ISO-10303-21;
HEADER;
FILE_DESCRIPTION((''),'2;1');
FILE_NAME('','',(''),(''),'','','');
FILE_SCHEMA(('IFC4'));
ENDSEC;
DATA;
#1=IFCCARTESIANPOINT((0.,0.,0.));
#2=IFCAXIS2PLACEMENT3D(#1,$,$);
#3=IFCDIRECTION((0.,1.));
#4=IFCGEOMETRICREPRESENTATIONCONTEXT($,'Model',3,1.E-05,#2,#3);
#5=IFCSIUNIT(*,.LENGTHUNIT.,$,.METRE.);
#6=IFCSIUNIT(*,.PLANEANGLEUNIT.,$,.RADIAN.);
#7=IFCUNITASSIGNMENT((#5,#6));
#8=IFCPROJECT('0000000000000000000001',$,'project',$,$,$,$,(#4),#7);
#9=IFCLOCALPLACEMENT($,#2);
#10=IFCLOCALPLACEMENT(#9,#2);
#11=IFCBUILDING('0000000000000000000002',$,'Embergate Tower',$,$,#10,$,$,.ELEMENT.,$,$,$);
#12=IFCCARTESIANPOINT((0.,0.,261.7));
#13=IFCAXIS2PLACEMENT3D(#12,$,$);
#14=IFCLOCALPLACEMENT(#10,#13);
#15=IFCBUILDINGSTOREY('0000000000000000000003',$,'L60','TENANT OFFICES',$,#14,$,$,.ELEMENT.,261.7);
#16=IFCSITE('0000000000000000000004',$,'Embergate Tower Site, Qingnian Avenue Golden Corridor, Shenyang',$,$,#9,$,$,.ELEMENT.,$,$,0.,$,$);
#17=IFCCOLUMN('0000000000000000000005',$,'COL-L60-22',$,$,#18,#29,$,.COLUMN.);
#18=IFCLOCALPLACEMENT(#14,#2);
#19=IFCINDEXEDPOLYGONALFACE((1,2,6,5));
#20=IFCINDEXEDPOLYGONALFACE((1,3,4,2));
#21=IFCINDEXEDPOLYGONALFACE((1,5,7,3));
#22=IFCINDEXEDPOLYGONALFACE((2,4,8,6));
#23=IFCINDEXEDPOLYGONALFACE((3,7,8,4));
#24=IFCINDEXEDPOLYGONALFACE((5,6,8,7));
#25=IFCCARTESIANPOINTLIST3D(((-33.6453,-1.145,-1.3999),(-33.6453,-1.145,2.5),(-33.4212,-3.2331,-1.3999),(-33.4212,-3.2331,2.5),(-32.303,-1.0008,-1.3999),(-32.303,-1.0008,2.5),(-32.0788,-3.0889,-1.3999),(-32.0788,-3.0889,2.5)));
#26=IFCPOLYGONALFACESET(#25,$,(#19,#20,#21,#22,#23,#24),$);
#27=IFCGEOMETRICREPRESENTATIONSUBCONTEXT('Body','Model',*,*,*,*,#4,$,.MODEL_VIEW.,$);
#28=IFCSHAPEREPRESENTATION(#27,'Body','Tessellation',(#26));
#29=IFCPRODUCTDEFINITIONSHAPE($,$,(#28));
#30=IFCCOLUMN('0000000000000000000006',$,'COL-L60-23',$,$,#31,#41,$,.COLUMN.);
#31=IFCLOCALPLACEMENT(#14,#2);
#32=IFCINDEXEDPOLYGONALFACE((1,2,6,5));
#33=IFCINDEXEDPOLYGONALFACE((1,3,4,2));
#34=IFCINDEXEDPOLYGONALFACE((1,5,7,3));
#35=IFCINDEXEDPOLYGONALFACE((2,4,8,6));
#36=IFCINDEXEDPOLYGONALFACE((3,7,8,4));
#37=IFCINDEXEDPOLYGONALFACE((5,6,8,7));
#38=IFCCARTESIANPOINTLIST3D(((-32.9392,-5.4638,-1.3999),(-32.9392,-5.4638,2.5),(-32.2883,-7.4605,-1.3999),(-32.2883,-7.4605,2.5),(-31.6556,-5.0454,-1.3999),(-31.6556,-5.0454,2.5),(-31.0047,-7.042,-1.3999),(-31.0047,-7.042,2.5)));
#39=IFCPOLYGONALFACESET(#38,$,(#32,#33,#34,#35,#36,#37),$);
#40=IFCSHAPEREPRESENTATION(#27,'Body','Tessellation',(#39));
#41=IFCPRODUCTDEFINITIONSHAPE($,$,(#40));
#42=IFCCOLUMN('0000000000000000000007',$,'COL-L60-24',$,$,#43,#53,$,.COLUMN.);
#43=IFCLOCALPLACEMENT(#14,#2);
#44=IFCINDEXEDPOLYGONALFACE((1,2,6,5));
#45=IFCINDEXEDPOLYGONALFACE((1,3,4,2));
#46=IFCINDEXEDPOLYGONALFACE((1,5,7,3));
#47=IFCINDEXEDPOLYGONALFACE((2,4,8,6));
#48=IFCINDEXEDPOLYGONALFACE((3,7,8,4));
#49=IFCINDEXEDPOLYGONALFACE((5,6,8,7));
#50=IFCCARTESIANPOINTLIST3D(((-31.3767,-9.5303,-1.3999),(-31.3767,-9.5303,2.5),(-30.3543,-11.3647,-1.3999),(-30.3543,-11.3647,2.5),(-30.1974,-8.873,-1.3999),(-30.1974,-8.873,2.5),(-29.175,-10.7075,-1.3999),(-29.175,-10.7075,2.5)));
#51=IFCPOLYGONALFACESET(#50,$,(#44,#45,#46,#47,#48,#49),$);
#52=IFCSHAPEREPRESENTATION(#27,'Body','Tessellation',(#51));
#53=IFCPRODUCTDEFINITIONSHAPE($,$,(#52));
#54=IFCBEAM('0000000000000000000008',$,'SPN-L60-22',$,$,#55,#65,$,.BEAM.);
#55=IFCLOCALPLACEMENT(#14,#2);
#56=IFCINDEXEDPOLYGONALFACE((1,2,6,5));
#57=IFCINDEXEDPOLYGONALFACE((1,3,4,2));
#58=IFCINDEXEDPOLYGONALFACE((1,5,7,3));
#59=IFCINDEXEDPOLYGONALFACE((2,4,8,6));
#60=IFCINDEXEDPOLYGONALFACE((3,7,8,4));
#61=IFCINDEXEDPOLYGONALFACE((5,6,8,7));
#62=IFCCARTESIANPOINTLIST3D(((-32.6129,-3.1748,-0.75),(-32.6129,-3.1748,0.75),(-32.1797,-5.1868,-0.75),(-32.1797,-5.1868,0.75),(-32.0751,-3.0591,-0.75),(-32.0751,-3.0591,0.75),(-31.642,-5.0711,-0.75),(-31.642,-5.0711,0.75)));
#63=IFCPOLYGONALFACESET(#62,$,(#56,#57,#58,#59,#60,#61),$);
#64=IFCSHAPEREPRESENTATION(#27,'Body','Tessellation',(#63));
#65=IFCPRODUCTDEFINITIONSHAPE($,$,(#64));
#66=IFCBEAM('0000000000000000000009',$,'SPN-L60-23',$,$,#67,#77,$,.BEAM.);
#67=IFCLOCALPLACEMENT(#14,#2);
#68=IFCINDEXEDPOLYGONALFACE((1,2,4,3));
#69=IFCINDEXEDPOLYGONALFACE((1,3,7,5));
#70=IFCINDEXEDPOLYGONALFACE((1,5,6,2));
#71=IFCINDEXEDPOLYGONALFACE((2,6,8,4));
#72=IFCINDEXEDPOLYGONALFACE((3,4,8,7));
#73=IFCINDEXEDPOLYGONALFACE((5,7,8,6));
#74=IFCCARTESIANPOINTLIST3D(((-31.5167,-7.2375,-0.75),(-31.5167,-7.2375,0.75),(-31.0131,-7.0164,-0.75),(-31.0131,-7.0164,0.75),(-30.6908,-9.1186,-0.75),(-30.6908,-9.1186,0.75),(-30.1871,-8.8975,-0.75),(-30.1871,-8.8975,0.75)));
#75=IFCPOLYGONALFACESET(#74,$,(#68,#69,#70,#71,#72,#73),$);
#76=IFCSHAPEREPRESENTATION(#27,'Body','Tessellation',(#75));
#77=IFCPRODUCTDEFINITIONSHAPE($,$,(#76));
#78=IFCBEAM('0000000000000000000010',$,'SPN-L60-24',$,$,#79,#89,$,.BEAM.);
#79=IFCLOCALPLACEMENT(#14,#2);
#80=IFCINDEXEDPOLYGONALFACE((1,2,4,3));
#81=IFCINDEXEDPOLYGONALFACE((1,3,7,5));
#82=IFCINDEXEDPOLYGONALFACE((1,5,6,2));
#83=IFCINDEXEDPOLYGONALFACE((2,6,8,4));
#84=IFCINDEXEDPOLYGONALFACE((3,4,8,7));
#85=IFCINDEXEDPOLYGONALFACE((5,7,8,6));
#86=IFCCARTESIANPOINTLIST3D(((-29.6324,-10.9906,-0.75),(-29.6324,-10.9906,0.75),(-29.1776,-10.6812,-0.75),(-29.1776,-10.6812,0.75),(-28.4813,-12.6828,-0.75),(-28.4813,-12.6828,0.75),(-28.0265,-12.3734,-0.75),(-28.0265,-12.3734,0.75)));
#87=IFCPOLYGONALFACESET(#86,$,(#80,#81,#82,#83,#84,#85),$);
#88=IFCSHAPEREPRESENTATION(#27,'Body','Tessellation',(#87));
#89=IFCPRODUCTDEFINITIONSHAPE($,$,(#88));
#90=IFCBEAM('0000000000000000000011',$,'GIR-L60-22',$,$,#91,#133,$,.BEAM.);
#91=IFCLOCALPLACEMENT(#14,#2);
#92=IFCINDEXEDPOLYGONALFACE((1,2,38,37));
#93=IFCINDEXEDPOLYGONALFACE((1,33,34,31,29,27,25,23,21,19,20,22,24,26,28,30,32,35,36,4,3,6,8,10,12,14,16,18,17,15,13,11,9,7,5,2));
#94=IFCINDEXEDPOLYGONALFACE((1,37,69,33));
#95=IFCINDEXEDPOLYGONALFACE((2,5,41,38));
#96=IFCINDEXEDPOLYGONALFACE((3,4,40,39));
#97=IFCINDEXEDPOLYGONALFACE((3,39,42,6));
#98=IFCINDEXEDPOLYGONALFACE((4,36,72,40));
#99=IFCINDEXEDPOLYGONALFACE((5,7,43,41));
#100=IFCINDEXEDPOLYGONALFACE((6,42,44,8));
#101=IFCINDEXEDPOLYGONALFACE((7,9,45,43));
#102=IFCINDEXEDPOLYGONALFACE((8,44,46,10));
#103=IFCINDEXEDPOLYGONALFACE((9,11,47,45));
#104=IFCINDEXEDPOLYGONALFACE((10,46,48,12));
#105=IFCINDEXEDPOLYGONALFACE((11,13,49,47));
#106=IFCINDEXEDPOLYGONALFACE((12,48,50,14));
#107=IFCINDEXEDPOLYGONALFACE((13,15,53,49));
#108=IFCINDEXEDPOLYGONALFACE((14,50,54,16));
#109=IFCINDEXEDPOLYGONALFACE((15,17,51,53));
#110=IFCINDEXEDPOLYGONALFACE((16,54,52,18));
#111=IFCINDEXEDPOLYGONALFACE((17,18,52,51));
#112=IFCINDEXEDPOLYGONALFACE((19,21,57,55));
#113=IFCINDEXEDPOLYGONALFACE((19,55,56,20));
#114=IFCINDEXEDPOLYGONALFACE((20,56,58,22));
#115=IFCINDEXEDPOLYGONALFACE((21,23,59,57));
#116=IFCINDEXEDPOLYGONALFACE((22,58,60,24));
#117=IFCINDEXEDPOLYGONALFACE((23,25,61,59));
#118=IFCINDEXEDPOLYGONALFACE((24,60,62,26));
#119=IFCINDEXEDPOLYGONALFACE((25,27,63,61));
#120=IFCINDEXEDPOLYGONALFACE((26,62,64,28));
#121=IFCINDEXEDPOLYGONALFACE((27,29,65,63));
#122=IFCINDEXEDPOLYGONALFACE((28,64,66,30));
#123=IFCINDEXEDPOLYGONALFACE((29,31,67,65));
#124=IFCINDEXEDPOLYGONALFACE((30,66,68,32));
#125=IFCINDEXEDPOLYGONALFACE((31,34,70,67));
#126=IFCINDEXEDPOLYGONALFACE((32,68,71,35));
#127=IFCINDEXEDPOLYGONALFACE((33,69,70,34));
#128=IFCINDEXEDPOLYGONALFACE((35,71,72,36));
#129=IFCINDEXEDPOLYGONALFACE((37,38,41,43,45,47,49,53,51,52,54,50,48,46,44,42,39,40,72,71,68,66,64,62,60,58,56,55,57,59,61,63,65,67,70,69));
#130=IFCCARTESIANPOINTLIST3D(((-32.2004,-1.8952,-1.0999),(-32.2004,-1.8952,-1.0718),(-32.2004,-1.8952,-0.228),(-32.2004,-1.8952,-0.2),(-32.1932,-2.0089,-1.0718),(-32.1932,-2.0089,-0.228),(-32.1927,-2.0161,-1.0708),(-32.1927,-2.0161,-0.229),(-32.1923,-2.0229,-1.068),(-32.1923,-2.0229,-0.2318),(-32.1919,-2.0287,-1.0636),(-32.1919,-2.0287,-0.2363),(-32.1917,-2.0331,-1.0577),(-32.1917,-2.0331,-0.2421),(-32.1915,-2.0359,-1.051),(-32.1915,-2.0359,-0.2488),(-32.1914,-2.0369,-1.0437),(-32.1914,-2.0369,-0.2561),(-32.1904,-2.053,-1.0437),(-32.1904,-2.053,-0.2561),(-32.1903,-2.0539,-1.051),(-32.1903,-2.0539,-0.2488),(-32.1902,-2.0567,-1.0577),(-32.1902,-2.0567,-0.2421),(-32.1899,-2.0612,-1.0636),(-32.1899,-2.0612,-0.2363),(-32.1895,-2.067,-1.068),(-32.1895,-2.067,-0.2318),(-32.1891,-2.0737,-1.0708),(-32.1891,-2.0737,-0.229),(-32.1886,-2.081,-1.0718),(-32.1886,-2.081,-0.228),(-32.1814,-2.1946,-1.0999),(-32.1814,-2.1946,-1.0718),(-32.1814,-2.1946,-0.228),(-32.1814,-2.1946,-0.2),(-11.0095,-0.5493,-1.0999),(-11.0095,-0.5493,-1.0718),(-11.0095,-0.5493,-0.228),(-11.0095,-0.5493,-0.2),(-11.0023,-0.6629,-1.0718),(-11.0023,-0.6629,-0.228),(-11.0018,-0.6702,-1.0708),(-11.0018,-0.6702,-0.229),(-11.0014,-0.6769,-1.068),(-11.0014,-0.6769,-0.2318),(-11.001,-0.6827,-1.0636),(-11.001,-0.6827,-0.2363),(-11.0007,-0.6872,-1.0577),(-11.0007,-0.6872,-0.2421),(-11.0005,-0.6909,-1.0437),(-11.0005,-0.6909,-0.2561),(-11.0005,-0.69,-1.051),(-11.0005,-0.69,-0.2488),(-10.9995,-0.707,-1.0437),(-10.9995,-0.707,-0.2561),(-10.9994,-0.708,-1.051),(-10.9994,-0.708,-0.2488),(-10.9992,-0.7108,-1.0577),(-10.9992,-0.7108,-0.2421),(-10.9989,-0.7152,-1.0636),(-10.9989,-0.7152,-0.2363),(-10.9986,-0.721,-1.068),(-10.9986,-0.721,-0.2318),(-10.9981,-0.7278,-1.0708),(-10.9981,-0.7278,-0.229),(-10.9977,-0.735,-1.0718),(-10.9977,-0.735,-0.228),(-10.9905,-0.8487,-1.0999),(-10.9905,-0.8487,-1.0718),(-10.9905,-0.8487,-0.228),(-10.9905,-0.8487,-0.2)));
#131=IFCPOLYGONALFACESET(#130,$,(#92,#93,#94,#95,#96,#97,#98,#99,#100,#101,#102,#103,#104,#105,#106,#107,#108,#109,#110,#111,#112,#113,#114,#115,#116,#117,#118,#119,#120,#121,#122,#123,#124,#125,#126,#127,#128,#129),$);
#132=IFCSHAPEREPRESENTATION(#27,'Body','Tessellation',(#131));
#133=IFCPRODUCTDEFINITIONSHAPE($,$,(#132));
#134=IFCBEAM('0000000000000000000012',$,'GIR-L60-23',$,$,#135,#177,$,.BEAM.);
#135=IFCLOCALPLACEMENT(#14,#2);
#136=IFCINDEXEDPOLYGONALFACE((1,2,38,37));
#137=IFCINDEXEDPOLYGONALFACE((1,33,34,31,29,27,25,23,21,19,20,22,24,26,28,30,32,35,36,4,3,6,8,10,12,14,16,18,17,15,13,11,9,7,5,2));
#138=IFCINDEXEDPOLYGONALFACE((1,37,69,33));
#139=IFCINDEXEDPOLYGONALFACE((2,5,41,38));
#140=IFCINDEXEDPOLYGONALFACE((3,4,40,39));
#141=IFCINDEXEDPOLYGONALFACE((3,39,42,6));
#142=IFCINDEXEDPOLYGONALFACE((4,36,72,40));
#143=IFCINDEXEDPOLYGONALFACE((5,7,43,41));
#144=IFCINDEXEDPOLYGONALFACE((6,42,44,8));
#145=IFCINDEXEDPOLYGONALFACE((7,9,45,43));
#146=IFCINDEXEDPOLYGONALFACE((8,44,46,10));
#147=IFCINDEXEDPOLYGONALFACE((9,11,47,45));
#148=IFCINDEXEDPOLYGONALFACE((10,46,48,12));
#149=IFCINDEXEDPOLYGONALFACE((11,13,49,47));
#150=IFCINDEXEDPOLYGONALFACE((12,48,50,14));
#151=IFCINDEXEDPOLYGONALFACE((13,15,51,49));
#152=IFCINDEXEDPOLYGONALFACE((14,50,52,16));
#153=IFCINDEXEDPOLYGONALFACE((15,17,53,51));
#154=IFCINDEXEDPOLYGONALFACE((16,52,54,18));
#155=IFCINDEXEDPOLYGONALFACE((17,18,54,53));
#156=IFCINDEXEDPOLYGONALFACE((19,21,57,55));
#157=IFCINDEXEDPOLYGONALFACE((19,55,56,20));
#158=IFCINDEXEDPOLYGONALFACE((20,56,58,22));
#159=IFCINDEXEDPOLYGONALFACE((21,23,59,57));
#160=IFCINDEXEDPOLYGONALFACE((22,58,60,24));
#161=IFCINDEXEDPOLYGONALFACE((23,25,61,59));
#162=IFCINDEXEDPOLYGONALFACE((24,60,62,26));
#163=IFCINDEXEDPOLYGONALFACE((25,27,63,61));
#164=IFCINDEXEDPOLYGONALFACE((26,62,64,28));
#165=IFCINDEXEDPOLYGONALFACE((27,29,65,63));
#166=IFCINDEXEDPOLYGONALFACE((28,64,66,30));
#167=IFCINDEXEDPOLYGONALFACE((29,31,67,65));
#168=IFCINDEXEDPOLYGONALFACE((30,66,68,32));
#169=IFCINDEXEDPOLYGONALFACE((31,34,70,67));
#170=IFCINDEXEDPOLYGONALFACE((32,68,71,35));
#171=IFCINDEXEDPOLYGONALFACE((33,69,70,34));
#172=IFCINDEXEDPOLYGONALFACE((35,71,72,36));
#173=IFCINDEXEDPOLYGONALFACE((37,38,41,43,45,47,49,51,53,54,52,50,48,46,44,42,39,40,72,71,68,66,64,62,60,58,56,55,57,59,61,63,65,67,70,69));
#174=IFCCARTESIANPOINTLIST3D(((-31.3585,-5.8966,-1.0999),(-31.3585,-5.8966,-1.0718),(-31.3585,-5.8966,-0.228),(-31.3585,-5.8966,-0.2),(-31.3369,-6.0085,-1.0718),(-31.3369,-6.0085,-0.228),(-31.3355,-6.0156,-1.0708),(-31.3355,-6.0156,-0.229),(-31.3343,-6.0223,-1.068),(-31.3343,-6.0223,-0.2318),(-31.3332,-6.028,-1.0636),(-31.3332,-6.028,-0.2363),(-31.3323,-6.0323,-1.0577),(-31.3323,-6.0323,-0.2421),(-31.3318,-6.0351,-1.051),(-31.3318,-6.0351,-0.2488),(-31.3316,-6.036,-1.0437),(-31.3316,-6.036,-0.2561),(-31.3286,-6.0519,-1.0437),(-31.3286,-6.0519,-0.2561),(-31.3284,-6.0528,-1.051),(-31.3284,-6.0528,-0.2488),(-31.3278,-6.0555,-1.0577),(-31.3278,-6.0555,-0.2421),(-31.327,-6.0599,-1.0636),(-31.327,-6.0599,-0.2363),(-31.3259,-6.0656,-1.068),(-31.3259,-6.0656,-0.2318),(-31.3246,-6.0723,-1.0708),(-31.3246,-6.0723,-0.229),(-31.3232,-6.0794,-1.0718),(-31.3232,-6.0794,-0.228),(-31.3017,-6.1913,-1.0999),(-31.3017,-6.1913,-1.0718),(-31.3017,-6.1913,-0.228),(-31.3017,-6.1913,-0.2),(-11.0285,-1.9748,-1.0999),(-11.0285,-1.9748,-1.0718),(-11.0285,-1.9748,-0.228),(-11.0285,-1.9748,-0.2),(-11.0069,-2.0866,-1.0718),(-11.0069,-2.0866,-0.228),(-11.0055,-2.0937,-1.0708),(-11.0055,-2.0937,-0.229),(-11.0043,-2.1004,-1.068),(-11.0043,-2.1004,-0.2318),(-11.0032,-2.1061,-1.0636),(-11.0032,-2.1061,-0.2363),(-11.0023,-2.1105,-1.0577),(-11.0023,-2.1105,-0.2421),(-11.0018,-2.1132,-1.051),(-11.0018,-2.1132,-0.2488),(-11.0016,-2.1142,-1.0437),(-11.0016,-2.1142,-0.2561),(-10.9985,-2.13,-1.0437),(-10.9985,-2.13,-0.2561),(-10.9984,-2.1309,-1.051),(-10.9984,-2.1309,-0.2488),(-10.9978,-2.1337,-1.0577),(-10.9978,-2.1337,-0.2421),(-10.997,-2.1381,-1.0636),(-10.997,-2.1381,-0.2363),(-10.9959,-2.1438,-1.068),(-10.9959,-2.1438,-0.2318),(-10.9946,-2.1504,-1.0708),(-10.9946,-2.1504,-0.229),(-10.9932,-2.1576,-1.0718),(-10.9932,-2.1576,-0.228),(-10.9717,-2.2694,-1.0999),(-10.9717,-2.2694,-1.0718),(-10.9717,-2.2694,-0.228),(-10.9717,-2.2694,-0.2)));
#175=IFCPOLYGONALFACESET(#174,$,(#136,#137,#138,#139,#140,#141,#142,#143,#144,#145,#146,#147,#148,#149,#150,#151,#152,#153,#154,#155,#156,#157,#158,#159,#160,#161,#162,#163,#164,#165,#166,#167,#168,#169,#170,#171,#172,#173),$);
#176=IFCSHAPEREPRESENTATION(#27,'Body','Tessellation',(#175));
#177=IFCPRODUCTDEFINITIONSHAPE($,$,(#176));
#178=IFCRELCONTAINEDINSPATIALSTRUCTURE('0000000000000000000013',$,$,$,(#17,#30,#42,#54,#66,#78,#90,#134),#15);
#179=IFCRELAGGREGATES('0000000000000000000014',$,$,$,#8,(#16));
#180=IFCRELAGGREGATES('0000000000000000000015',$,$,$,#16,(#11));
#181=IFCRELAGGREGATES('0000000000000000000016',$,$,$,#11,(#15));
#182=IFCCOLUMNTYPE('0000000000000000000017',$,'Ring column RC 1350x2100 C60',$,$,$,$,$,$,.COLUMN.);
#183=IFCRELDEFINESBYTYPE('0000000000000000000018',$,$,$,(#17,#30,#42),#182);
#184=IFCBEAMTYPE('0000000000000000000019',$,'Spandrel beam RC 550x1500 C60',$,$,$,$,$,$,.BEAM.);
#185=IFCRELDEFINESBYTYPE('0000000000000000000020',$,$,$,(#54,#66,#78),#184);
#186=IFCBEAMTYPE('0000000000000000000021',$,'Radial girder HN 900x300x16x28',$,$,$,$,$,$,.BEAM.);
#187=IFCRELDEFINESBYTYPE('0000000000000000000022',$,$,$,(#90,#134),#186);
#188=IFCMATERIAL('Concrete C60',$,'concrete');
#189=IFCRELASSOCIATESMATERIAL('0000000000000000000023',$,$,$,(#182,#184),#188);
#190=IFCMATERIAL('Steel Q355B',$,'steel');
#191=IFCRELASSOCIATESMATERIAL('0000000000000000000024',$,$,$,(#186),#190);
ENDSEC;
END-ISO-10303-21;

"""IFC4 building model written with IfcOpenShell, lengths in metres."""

from ifc_helpers import new_model, si_unit, direction, frame, origin, origin_2d, place, context, subcontext, project, spatial, rectangle, i_section, extrude, source, transform, mapped, material, material_profile, profile_set, type_object, element, save


model = new_model("IFC4")

# Units and contexts
model_context = context("Model", 3, precision=1e-05, world=origin(), true_north=direction((0.0, 1.0)))
body_context = subcontext(model_context, "Body", "Model", "MODEL_VIEW")
ifc_project = project(units=[si_unit("LENGTHUNIT", "METRE"), si_unit("PLANEANGLEUNIT", "RADIAN")], contexts=[model_context])

# Site, building, storey
site_placement = place(None, origin())
site = spatial("IfcSite", under=ifc_project, at=site_placement, Name="Embergate Tower Site, Qingnian Avenue Golden Corridor, Shenyang", CompositionType="ELEMENT", RefElevation=0.0)
building_placement = place(site_placement, origin())
building = spatial("IfcBuilding", under=site, at=building_placement, Name="Embergate Tower", CompositionType="ELEMENT")
storey_placement = place(building_placement, frame((0.0, 0.0, 261.7)))
storey = spatial("IfcBuildingStorey", under=building, at=storey_placement, Name="L60", Description="TENANT OFFICES", CompositionType="ELEMENT", Elevation=261.7)

# Columns
ifc_material_1 = material(Name="Concrete C60", Category="concrete")
ifc_material_profile_1 = material_profile(ifc_material_1, rectangle(XDim=1.3501, YDim=2.1001, at=origin_2d()), Name="RC 1350x2100")
ifc_profile_set_1 = profile_set([ifc_material_profile_1], Name="Concrete C60")
column_type = type_object("IfcColumnType", Name="Ring column RC 1350x2100 C60", PredefinedType="COLUMN", material=ifc_profile_set_1)
shared_shape_1 = source(origin(), body_context, "Body", "SweptSolid", [
    extrude(rectangle(XDim=1.3501, YDim=2.1001, at=origin_2d()), origin(), (0.0, 0.0, 1.0), 3.8999),
])
for number, where, z_axis, x_axis, name in (
    (1, (-32.8621, -2.1169, -1.3999), (0.0, 0.0, 1.0), (-0.994286, -0.10675, 0.0), "COL-L60-22"),
    (2, (-31.9719, -6.2529, -1.3999), (0.0, 0.0, 1.0), (-0.950754, -0.309946, 0.0), "COL-L60-23"),
    (3, (-30.2759, -10.1189, -1.3999), (0.0, 0.0, 1.0), (-0.873492, -0.486839, 0.0), "COL-L60-24"),
):
    element("IfcColumn", number, at=place(storey_placement, frame(where, z_axis=z_axis, x_axis=x_axis)), inside=storey, type_object=column_type, Name=name, PredefinedType="COLUMN", context=body_context, shape_type="MappedRepresentation", body=[
        mapped(shared_shape_1, transform((0.0, 0.0, 0.0))),
    ])

# Beams
ifc_material_profile_2 = material_profile(ifc_material_1, rectangle(XDim=0.55, YDim=1.5, at=origin_2d()), Name="RC 550x1500")
ifc_profile_set_2 = profile_set([ifc_material_profile_2], Name="Concrete C60")
beam_type_1 = type_object("IfcBeamType", Name="Spandrel beam RC 550x1500 C60", PredefinedType="BEAM", material=ifc_profile_set_2)
shared_shape_2 = source(origin(), body_context, "Body", "SweptSolid", [
    extrude(rectangle(XDim=0.55, YDim=1.5, at=origin_2d()), origin(), (0.0, 0.0, 1.0), 2.0581),
])
beam_1_placement = place(storey_placement, frame((-32.344, -3.1169, 0.0), z_axis=(0.210444, -0.977606, 0.0), x_axis=(0.977606, 0.210444, 0.0)))
element("IfcBeam", 4, at=beam_1_placement, inside=storey, type_object=beam_type_1, Name="SPN-L60-22", PredefinedType="BEAM", context=body_context, shape_type="MappedRepresentation", body=[
    mapped(shared_shape_2, transform((0.0, 0.0, 0.0))),
])
shared_shape_3 = source(origin(), body_context, "Body", "SweptSolid", [
    extrude(rectangle(XDim=0.55, YDim=1.5, at=origin_2d()), origin(), (0.0, 0.0, 1.0), 2.0544),
])
beam_2_placement = place(storey_placement, frame((-31.2649, -7.127, 0.0), z_axis=(0.402022, -0.91563, 0.0), x_axis=(0.91563, 0.402022, 0.0)))
element("IfcBeam", 5, at=beam_2_placement, inside=storey, type_object=beam_type_1, Name="SPN-L60-23", PredefinedType="BEAM", context=body_context, shape_type="MappedRepresentation", body=[
    mapped(shared_shape_3, transform((0.0, 0.0, 0.0))),
])
shared_shape_4 = source(origin(), body_context, "Body", "SweptSolid", [
    extrude(rectangle(XDim=0.55, YDim=1.5, at=origin_2d()), origin(), (0.0, 0.0, 1.0), 2.0466),
])
beam_3_placement = place(storey_placement, frame((-29.405, -10.8359, 0.0), z_axis=(0.562467, -0.82682, 0.0), x_axis=(0.82682, 0.562467, 0.0)))
element("IfcBeam", 6, at=beam_3_placement, inside=storey, type_object=beam_type_1, Name="SPN-L60-24", PredefinedType="BEAM", context=body_context, shape_type="MappedRepresentation", body=[
    mapped(shared_shape_4, transform((0.0, 0.0, 0.0))),
])
ifc_material_2 = material(Name="Steel Q355B", Category="steel")
ifc_material_profile_3 = material_profile(ifc_material_2, i_section(OverallWidth=0.3, OverallDepth=0.8999, WebThickness=0.0161, FlangeThickness=0.0281, FilletRadius=0.0281, at=origin_2d()), Name="HN 900x300x16x28")
ifc_profile_set_3 = profile_set([ifc_material_profile_3], Name="Steel Q355 grade B")
beam_type_2 = type_object("IfcBeamType", Name="Radial girder HN 900x300x16x28", PredefinedType="BEAM", material=ifc_profile_set_3)
shared_shape_5 = source(origin(), body_context, "Body", "SweptSolid", [
    extrude(i_section(OverallWidth=0.3, OverallDepth=0.8999, WebThickness=0.0161, FlangeThickness=0.0281, FilletRadius=0.0281, at=origin_2d()), origin(), (0.0, 0.0, 1.0), 21.2336),
])
beam_4_placement = place(storey_placement, frame((-32.1909, -2.0449, -0.6499), z_axis=(0.997989, 0.063388, 0.0), x_axis=(-0.063388, 0.997989, 0.0)))
element("IfcBeam", 7, at=beam_4_placement, inside=storey, type_object=beam_type_2, Name="GIR-L60-22", PredefinedType="BEAM", context=body_context, shape_type="MappedRepresentation", body=[
    mapped(shared_shape_5, transform((0.0, 0.0, 0.0))),
])
shared_shape_6 = source(origin(), body_context, "Body", "SweptSolid", [
    extrude(i_section(OverallWidth=0.3, OverallDepth=0.8999, WebThickness=0.0161, FlangeThickness=0.0281, FilletRadius=0.0281, at=origin_2d()), origin(), (0.0, 0.0, 1.0), 20.7048),
])
beam_5_placement = place(storey_placement, frame((-31.3301, -6.0439, -0.6499), z_axis=(0.981897, 0.189418, 0.0), x_axis=(-0.189418, 0.981897, 0.0)))
element("IfcBeam", 8, at=beam_5_placement, inside=storey, type_object=beam_type_2, Name="GIR-L60-23", PredefinedType="BEAM", context=body_context, shape_type="MappedRepresentation", body=[
    mapped(shared_shape_6, transform((0.0, 0.0, 0.0))),
])

save(model, "model.ifc")
